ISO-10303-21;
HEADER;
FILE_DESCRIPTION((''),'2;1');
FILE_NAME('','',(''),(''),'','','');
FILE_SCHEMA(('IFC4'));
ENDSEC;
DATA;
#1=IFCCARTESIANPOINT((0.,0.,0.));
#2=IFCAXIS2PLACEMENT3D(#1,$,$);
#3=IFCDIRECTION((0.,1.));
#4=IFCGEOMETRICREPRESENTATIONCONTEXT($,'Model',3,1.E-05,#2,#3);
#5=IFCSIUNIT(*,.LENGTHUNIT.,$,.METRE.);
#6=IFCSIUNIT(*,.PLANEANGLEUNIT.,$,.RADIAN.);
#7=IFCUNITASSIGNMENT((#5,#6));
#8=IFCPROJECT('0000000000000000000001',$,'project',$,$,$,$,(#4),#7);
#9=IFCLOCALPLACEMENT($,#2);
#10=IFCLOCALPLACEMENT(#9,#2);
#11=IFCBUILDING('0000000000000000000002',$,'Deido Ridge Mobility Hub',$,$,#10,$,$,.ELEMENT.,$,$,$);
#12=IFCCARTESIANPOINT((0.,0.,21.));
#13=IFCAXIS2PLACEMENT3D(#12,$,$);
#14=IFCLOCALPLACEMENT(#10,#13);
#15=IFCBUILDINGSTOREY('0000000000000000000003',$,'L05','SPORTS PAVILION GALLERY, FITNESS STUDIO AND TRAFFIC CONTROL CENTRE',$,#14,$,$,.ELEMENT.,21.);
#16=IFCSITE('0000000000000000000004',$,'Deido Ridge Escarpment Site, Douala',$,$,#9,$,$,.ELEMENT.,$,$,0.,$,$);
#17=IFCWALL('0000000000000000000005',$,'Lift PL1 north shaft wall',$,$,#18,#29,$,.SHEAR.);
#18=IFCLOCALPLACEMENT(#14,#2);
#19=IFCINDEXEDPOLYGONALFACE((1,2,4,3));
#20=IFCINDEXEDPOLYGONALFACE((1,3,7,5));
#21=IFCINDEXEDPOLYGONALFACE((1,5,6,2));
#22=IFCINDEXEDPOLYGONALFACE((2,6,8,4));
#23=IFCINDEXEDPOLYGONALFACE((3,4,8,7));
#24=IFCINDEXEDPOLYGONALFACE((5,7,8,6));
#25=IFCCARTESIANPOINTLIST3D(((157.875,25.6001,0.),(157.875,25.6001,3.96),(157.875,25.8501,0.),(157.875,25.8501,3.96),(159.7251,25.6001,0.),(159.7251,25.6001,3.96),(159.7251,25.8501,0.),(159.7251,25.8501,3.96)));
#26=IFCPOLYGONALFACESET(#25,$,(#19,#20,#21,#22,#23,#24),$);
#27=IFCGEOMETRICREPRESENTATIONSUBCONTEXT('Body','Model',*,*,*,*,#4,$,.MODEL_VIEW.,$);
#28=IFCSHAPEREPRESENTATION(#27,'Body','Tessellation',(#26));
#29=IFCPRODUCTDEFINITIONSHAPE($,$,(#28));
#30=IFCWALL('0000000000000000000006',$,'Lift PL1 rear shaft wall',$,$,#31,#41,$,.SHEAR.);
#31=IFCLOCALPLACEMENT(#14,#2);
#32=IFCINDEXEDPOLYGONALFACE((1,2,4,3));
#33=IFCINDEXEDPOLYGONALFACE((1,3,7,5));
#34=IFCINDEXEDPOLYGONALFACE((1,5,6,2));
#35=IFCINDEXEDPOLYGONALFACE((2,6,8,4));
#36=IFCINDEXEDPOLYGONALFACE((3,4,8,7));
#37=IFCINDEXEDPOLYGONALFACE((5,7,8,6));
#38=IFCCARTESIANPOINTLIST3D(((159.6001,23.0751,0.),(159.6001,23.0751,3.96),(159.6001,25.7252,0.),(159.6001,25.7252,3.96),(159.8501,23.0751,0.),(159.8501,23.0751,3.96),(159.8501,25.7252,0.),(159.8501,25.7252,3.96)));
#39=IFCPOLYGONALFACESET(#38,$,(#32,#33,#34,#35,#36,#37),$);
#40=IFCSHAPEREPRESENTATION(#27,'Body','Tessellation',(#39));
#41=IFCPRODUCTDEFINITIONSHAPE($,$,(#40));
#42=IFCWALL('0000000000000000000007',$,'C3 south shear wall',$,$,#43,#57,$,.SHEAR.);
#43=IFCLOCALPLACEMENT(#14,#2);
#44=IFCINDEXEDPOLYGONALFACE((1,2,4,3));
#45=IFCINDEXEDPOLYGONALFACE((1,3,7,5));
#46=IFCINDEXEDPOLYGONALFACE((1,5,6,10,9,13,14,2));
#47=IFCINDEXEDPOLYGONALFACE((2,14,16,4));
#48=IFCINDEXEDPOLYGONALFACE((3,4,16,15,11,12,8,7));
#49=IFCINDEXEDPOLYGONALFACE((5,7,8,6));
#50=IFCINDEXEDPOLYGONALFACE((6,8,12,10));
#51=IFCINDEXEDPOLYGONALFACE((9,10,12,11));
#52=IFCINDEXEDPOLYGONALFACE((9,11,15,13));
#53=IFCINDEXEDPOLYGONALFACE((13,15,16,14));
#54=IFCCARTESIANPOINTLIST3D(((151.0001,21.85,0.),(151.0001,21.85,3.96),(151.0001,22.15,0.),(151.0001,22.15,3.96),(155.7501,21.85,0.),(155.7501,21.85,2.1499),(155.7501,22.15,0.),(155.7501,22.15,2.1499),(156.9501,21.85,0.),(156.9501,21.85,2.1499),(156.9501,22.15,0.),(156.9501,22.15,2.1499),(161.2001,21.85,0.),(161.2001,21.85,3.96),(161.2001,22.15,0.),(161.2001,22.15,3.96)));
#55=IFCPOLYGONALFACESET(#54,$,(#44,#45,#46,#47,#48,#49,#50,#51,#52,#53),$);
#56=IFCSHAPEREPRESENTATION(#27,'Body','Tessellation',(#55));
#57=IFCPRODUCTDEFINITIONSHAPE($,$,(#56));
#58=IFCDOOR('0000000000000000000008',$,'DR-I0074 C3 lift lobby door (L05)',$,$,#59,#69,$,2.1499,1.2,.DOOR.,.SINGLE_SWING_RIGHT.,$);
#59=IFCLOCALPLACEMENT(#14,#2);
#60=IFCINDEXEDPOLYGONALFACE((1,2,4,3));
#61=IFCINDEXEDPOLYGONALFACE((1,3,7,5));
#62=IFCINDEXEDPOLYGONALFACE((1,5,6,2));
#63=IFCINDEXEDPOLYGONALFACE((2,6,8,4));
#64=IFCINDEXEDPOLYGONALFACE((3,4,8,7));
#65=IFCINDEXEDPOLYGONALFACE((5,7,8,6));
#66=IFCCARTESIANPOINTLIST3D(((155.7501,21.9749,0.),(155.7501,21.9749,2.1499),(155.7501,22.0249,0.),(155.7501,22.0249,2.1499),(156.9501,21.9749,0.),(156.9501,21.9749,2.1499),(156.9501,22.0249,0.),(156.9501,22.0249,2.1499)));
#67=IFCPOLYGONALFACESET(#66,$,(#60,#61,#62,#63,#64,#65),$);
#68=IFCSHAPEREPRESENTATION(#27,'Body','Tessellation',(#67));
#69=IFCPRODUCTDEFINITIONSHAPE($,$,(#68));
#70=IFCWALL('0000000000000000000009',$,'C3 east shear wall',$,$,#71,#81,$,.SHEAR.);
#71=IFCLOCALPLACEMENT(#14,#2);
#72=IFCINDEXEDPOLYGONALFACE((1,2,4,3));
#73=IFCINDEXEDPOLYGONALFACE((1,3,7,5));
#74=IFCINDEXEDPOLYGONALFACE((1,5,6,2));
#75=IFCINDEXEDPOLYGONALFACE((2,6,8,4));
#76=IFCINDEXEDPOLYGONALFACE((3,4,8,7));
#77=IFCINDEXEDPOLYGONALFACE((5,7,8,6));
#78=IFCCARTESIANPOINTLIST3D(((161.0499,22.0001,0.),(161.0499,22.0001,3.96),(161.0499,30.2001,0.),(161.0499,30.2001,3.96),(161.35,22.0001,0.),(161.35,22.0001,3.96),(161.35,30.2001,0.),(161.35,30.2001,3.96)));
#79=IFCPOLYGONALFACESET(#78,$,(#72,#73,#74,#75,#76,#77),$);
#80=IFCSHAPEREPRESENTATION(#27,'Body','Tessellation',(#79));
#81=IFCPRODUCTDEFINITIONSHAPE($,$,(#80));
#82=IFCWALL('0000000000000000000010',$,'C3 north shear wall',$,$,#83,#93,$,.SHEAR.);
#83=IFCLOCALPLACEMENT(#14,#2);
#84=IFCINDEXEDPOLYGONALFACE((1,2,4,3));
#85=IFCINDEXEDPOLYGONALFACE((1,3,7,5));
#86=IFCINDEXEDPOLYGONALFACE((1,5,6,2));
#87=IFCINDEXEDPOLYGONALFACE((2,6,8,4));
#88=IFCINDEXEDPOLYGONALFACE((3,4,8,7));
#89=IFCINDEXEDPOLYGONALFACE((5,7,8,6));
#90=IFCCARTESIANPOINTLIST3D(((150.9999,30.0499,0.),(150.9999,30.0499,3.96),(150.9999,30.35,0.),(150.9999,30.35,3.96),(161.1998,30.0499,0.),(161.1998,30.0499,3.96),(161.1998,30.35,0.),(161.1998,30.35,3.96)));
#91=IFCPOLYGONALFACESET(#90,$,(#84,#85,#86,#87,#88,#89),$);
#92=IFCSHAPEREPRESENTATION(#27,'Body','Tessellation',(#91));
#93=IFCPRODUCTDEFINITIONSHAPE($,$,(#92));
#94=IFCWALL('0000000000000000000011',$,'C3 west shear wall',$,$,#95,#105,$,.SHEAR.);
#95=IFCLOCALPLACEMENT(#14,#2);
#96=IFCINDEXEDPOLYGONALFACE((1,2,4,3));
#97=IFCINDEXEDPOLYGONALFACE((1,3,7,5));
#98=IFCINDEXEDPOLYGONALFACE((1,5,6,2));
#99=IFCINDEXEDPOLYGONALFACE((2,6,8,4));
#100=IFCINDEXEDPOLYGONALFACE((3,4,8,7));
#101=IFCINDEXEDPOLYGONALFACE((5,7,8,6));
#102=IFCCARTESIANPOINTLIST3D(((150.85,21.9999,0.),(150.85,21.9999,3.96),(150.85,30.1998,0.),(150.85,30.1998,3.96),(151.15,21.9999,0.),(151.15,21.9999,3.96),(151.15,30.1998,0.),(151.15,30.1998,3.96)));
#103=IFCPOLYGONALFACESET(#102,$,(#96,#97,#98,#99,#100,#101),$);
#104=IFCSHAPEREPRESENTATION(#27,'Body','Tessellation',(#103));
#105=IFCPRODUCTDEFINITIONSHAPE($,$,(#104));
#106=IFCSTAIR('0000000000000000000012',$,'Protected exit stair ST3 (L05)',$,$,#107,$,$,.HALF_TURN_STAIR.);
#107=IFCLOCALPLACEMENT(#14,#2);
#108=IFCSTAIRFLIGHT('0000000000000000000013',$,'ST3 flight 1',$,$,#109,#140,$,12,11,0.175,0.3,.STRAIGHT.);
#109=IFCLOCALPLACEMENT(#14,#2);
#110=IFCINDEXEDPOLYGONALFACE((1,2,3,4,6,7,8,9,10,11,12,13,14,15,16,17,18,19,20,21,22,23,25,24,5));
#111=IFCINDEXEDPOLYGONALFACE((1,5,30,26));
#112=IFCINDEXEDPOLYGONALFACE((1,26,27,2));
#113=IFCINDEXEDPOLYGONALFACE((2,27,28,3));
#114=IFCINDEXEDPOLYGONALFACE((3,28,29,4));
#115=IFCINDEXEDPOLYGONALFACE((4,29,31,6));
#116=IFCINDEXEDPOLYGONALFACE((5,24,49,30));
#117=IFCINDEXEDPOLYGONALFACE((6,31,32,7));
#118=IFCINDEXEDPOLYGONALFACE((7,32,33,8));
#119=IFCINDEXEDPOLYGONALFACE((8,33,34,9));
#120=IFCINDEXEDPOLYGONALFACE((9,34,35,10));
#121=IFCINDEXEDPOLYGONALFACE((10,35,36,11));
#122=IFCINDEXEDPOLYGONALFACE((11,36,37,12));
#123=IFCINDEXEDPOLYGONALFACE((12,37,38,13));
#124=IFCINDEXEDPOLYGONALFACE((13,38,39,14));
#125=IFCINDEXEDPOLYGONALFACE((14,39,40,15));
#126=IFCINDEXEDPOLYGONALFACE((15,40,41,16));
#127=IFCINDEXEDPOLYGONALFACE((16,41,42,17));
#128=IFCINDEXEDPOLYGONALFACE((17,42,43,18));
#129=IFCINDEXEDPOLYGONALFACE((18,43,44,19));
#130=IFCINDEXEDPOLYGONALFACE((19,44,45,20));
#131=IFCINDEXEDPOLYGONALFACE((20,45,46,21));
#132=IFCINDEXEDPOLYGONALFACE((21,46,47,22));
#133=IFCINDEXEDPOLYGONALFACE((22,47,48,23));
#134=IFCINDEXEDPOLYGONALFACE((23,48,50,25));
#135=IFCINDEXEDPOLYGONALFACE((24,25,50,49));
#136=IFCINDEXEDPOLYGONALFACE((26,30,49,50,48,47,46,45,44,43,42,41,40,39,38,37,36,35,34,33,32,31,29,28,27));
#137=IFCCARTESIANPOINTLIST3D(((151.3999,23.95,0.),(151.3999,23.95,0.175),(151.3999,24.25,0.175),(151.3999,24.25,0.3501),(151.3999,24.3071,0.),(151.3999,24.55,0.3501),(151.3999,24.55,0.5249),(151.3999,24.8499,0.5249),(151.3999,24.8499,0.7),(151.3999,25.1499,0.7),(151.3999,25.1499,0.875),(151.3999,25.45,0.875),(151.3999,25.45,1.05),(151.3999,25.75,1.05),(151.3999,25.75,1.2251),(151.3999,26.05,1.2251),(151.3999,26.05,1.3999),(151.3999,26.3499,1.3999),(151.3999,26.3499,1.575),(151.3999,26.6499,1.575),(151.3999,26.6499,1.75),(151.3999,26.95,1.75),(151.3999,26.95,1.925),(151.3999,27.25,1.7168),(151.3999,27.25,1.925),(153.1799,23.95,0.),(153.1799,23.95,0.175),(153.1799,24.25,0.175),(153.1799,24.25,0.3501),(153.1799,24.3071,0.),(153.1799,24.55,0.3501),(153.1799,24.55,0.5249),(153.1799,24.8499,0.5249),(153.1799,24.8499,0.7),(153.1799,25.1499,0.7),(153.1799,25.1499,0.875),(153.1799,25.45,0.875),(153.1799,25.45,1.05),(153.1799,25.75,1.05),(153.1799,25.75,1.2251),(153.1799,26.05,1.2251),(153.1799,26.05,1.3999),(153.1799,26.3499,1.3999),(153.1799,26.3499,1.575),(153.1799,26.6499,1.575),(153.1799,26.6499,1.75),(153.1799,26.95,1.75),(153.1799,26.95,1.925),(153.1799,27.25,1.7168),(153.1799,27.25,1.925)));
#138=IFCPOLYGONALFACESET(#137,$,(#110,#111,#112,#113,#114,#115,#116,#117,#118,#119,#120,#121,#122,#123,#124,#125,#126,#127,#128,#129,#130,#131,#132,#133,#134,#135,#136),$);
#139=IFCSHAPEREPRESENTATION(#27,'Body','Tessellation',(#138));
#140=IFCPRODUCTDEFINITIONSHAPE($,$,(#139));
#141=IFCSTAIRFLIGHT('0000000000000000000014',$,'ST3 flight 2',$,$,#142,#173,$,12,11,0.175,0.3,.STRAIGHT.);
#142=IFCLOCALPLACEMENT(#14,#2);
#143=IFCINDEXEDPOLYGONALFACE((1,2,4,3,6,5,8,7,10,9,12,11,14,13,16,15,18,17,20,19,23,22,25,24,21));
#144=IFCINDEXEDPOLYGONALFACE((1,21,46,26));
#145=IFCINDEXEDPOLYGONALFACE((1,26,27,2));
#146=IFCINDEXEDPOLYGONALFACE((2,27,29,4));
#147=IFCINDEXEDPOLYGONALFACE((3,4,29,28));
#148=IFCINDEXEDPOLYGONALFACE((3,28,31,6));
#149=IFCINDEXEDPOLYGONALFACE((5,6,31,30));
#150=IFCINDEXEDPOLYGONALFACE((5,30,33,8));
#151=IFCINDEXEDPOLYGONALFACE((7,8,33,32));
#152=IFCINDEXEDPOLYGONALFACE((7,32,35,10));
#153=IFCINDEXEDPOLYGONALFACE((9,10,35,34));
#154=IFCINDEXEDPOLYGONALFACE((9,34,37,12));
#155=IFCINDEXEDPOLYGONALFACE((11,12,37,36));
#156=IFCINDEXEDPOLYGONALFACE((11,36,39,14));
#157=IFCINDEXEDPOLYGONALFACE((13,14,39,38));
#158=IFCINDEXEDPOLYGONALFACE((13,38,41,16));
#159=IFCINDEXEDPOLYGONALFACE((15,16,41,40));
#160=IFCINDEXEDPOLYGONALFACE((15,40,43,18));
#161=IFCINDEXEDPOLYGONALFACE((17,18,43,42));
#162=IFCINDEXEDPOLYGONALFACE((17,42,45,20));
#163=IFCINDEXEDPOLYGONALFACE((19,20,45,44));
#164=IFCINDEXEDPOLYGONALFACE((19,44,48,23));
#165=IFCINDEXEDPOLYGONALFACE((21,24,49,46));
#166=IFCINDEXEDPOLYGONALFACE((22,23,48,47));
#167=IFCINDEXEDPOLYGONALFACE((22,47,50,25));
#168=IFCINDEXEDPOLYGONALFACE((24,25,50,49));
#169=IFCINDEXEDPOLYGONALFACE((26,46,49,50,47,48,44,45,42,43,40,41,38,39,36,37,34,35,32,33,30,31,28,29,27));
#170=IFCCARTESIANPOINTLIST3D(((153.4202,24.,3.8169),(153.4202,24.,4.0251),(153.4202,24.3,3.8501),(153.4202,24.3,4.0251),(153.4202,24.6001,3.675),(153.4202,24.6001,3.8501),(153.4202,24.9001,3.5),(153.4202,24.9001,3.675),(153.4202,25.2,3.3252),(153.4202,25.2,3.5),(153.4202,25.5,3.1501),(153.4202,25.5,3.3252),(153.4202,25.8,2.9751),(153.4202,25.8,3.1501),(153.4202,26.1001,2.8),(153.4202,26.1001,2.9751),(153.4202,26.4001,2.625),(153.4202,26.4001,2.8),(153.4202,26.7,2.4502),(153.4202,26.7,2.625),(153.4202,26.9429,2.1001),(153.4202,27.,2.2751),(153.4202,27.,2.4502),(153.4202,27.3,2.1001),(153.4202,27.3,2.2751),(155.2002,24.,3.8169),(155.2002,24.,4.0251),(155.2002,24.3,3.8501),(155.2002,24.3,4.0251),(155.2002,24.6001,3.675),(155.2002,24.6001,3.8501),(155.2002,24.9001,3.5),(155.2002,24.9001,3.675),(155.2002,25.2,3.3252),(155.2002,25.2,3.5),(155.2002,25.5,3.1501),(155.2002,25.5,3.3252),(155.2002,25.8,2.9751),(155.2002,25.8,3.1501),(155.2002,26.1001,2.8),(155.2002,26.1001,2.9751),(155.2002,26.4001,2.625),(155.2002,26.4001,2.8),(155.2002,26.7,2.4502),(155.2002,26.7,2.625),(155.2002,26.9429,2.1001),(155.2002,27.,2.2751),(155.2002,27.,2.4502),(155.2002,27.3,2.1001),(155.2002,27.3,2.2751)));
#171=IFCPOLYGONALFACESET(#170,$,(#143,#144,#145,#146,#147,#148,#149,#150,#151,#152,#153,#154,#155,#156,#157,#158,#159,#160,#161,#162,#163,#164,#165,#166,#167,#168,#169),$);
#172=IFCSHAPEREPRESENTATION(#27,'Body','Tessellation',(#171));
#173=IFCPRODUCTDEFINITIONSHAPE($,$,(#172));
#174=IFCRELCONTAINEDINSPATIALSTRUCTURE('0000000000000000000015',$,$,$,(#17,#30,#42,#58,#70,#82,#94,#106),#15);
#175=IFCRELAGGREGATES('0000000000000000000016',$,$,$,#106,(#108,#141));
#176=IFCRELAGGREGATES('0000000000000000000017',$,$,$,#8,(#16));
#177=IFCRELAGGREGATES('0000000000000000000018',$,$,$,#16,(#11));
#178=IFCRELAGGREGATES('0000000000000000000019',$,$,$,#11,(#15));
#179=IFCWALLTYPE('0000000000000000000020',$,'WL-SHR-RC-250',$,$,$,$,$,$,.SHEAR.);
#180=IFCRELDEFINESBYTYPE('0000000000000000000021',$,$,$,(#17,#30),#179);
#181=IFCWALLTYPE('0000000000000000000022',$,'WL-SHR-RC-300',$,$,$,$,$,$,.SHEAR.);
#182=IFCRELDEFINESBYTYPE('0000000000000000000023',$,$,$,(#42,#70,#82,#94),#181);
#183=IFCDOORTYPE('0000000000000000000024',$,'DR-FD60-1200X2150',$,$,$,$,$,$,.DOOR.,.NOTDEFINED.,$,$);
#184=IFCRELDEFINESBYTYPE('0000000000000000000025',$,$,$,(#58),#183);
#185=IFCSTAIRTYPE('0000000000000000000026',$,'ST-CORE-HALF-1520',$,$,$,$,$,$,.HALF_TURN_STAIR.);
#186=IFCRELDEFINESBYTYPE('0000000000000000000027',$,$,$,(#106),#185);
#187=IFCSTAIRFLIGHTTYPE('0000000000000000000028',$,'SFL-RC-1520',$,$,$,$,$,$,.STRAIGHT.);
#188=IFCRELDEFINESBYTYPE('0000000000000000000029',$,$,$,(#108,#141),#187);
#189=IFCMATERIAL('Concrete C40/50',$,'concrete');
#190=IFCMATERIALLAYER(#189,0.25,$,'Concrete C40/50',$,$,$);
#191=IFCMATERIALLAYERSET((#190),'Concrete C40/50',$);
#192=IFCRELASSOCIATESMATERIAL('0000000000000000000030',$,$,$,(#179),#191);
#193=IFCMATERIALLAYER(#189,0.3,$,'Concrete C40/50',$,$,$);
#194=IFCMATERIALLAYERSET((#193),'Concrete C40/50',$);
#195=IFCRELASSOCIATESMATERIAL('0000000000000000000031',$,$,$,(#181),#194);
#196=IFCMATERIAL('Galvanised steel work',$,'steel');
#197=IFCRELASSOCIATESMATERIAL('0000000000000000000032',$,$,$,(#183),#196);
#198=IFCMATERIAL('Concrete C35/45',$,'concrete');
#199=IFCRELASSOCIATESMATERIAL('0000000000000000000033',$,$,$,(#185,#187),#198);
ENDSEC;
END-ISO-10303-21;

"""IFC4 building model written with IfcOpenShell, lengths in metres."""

from ifc_helpers import new_model, si_unit, direction, frame, frame_2d, origin, place, context, subcontext, project, spatial, polyline, rectangle, outline, extrude, material, layer, layer_set, type_object, element, fill, aggregate, save


model = new_model("IFC4")

# Units and contexts
model_context = context("Model", 3, precision=1e-05, world=origin(), true_north=direction((0.0, 1.0)))
body_context = subcontext(model_context, "Body", "Model", "MODEL_VIEW")
ifc_project = project(units=[si_unit("LENGTHUNIT", "METRE"), si_unit("PLANEANGLEUNIT", "RADIAN")], contexts=[model_context])

# Site, building, storey
site_placement = place(None, origin())
site = spatial("IfcSite", under=ifc_project, at=site_placement, Name="Deido Ridge Escarpment Site, Douala", CompositionType="ELEMENT", RefElevation=0.0)
building_placement = place(site_placement, origin())
building = spatial("IfcBuilding", under=site, at=building_placement, Name="Deido Ridge Mobility Hub", CompositionType="ELEMENT")
storey_placement = place(building_placement, frame((0.0, 0.0, 21.0)))
storey = spatial("IfcBuildingStorey", under=building, at=storey_placement, Name="L05", Description="SPORTS PAVILION GALLERY, FITNESS STUDIO AND TRAFFIC CONTROL CENTRE", CompositionType="ELEMENT", Elevation=21.0)

# Shared definitions
ifc_material_1 = material(Name="Concrete C40/50", Category="concrete")
ifc_layer_1 = layer(ifc_material_1, 0.25, Name="Concrete C40/50")
ifc_layer_set_1 = layer_set([ifc_layer_1], Name="Concrete C40/50")
wall_type_1 = type_object("IfcWallType", Name="WL-SHR-RC-250", PredefinedType="SHEAR", material=ifc_layer_set_1)
ifc_material_2 = material(Name="Galvanised steel work", Category="steel")

# Walls
for number, where, z_axis, x_axis, name in (
    (1, (157.875, 25.7251, 0.0), (0.0, 0.0, 1.0), (1.0, 0.0, 0.0), "Lift PL1 north shaft wall"),
):
    element("IfcWall", number, at=place(storey_placement, frame(where, z_axis=z_axis, x_axis=x_axis)), inside=storey, type_object=wall_type_1, Name=name, PredefinedType="SHEAR", context=body_context, shape_type="SweptSolid", body=[
        extrude(rectangle(XDim=1.8501, YDim=0.25, at=frame_2d((0.925, 0.0))), origin(), (0.0, 0.0, 1.0), 3.96),
    ])
wall_1_placement = place(storey_placement, frame((159.7251, 23.075, 0.0), z_axis=(0.0, 0.0, 1.0), x_axis=(0.0, 1.0, 0.0)))
element("IfcWall", 2, at=wall_1_placement, inside=storey, type_object=wall_type_1, Name="Lift PL1 rear shaft wall", PredefinedType="SHEAR", context=body_context, shape_type="SweptSolid", body=[
    extrude(rectangle(XDim=2.6501, YDim=0.25, at=frame_2d((1.3252, 0.0))), origin(), (0.0, 0.0, 1.0), 3.96),
])

# Wall, opening, door
ifc_layer_2 = layer(ifc_material_1, 0.3, Name="Concrete C40/50")
ifc_layer_set_2 = layer_set([ifc_layer_2], Name="Concrete C40/50")
wall_type_2 = type_object("IfcWallType", Name="WL-SHR-RC-300", PredefinedType="SHEAR", material=ifc_layer_set_2)
wall_2_placement = place(storey_placement, frame((151.0, 22.0, 0.0), z_axis=(0.0, 0.0, 1.0), x_axis=(1.0, 0.0, 0.0)))
wall_2 = element("IfcWall", 3, at=wall_2_placement, inside=storey, type_object=wall_type_2, Name="C3 south shear wall", PredefinedType="SHEAR", context=body_context, shape_type="SweptSolid", body=[
    extrude(rectangle(XDim=10.2, YDim=0.3, at=frame_2d((5.1001, 0.0))), origin(), (0.0, 0.0, 1.0), 3.96),
])
opening_1_placement = place(wall_2_placement, frame((4.75, 0.0, 0.0)))
opening_1 = element("IfcOpeningElement", 4, at=opening_1_placement, cuts=wall_2, PredefinedType="OPENING", context=body_context, shape_type="SweptSolid", body=[
    extrude(rectangle(XDim=1.2, YDim=2.1499, at=frame_2d((0.6001, 1.075))), frame((0.0, 0.1602, 0.0), z_axis=(0.0, -1.0, 0.0), x_axis=(1.0, 0.0, 0.0)), (0.0, 0.0, 1.0), 0.3201),
])
door_type_1 = type_object("IfcDoorType", Name="DR-FD60-1200X2150", OperationType="NOTDEFINED", PredefinedType="DOOR", material=ifc_material_2)
door_1_placement = place(opening_1_placement, origin())
door_1 = element("IfcDoor", 5, at=door_1_placement, inside=storey, type_object=door_type_1, Name="DR-I0074 C3 lift lobby door (L05)", OperationType="SINGLE_SWING_RIGHT", OverallHeight=2.1499, OverallWidth=1.2, PredefinedType="DOOR", context=body_context, shape_type="SweptSolid", body=[
    extrude(rectangle(XDim=1.2, YDim=2.1499, at=frame_2d((0.6001, 1.075))), frame((0.0, 0.0249, 0.0), z_axis=(0.0, -1.0, 0.0), x_axis=(1.0, 0.0, 0.0)), (0.0, 0.0, 1.0), 0.05),
])
fill(opening_1, door_1)

# Walls
wall_3_placement = place(storey_placement, frame((161.2, 22.0, 0.0), z_axis=(0.0, 0.0, 1.0), x_axis=(0.0, 1.0, 0.0)))
element("IfcWall", 6, at=wall_3_placement, inside=storey, type_object=wall_type_2, Name="C3 east shear wall", PredefinedType="SHEAR", context=body_context, shape_type="SweptSolid", body=[
    extrude(rectangle(XDim=8.2, YDim=0.3, at=frame_2d((4.1001, 0.0))), origin(), (0.0, 0.0, 1.0), 3.96),
])
wall_4_placement = place(storey_placement, frame((161.2, 30.2, 0.0), z_axis=(0.0, 0.0, 1.0), x_axis=(-1.0, 0.0, 0.0)))
element("IfcWall", 7, at=wall_4_placement, inside=storey, type_object=wall_type_2, Name="C3 north shear wall", PredefinedType="SHEAR", context=body_context, shape_type="SweptSolid", body=[
    extrude(rectangle(XDim=10.2, YDim=0.3, at=frame_2d((5.1001, 0.0))), origin(), (0.0, 0.0, 1.0), 3.96),
])
wall_5_placement = place(storey_placement, frame((151.0, 30.2, 0.0), z_axis=(0.0, 0.0, 1.0), x_axis=(0.0, -1.0, 0.0)))
element("IfcWall", 8, at=wall_5_placement, inside=storey, type_object=wall_type_2, Name="C3 west shear wall", PredefinedType="SHEAR", context=body_context, shape_type="SweptSolid", body=[
    extrude(rectangle(XDim=8.2, YDim=0.3, at=frame_2d((4.1001, 0.0))), origin(), (0.0, 0.0, 1.0), 3.96),
])

# Stair, stair flights
ifc_material_3 = material(Name="Concrete C35/45", Category="concrete")
stair_type = type_object("IfcStairType", Name="ST-CORE-HALF-1520", PredefinedType="HALF_TURN_STAIR", material=ifc_material_3)
stair_placement = place(storey_placement, origin())
stair = element("IfcStair", 9, at=stair_placement, inside=storey, type_object=stair_type, Name="Protected exit stair ST3 (L05)", PredefinedType="HALF_TURN_STAIR")
stair_flight_type = type_object("IfcStairFlightType", Name="SFL-RC-1520", PredefinedType="STRAIGHT", material=ifc_material_3)
stair_flight_1_placement = place(storey_placement, frame((152.29, 23.95, 0.0), z_axis=(0.0, 0.0, 1.0), x_axis=(0.0, 1.0, 0.0)))
stair_flight_1 = element("IfcStairFlight", 10, at=stair_flight_1_placement, type_object=stair_flight_type, Name="ST3 flight 1", NumberOfRisers=12, NumberOfTreads=11, PredefinedType="STRAIGHT", RiserHeight=0.175, TreadLength=0.3, context=body_context, shape_type="SweptSolid", body=[
    extrude(outline(polyline([(0.0, 0.0), (0.0, 0.175), (0.3, 0.175), (0.3, 0.3501), (0.6001, 0.3501), (0.6001, 0.5249), (0.8999, 0.5249), (0.8999, 0.7), (1.2, 0.7), (1.2, 0.875), (1.5, 0.875), (1.5, 1.05), (1.8, 1.05), (1.8, 1.2251), (2.1001, 1.2251), (2.1001, 1.3999), (2.3999, 1.3999), (2.3999, 1.575), (2.7, 1.575), (2.7, 1.75), (3.0, 1.75), (3.0, 1.925), (3.3, 1.925), (3.3, 2.1001), (3.3, 1.7168), (0.3572, 0.0), (0.0, 0.0)])), frame((0.0, 0.8901, 0.0), z_axis=(0.0, -1.0, 0.0), x_axis=(1.0, 0.0, 0.0)), (0.0, 0.0, 1.0), 1.78),
])
stair_flight_2_placement = place(storey_placement, frame((154.3101, 27.3, 2.1001), z_axis=(0.0, 0.0, 1.0), x_axis=(0.0, -1.0, 0.0)))
stair_flight_2 = element("IfcStairFlight", 11, at=stair_flight_2_placement, type_object=stair_flight_type, Name="ST3 flight 2", NumberOfRisers=12, NumberOfTreads=11, PredefinedType="STRAIGHT", RiserHeight=0.175, TreadLength=0.3, context=body_context, shape_type="SweptSolid", body=[
    extrude(outline(polyline([(0.0, 0.0), (0.0, 0.175), (0.3, 0.175), (0.3, 0.3501), (0.6001, 0.3501), (0.6001, 0.5249), (0.8999, 0.5249), (0.8999, 0.7), (1.2, 0.7), (1.2, 0.875), (1.5, 0.875), (1.5, 1.05), (1.8, 1.05), (1.8, 1.2251), (2.1001, 1.2251), (2.1001, 1.3999), (2.3999, 1.3999), (2.3999, 1.575), (2.7, 1.575), (2.7, 1.75), (3.0, 1.75), (3.0, 1.925), (3.3, 1.925), (3.3, 2.1001), (3.3, 1.7168), (0.3572, 0.0), (0.0, 0.0)])), frame((0.0, 0.8901, 0.0), z_axis=(0.0, -1.0, 0.0), x_axis=(1.0, 0.0, 0.0)), (0.0, 0.0, 1.0), 1.78),
])
aggregate(stair, [stair_flight_1, stair_flight_2])

save(model, "model.ifc")
